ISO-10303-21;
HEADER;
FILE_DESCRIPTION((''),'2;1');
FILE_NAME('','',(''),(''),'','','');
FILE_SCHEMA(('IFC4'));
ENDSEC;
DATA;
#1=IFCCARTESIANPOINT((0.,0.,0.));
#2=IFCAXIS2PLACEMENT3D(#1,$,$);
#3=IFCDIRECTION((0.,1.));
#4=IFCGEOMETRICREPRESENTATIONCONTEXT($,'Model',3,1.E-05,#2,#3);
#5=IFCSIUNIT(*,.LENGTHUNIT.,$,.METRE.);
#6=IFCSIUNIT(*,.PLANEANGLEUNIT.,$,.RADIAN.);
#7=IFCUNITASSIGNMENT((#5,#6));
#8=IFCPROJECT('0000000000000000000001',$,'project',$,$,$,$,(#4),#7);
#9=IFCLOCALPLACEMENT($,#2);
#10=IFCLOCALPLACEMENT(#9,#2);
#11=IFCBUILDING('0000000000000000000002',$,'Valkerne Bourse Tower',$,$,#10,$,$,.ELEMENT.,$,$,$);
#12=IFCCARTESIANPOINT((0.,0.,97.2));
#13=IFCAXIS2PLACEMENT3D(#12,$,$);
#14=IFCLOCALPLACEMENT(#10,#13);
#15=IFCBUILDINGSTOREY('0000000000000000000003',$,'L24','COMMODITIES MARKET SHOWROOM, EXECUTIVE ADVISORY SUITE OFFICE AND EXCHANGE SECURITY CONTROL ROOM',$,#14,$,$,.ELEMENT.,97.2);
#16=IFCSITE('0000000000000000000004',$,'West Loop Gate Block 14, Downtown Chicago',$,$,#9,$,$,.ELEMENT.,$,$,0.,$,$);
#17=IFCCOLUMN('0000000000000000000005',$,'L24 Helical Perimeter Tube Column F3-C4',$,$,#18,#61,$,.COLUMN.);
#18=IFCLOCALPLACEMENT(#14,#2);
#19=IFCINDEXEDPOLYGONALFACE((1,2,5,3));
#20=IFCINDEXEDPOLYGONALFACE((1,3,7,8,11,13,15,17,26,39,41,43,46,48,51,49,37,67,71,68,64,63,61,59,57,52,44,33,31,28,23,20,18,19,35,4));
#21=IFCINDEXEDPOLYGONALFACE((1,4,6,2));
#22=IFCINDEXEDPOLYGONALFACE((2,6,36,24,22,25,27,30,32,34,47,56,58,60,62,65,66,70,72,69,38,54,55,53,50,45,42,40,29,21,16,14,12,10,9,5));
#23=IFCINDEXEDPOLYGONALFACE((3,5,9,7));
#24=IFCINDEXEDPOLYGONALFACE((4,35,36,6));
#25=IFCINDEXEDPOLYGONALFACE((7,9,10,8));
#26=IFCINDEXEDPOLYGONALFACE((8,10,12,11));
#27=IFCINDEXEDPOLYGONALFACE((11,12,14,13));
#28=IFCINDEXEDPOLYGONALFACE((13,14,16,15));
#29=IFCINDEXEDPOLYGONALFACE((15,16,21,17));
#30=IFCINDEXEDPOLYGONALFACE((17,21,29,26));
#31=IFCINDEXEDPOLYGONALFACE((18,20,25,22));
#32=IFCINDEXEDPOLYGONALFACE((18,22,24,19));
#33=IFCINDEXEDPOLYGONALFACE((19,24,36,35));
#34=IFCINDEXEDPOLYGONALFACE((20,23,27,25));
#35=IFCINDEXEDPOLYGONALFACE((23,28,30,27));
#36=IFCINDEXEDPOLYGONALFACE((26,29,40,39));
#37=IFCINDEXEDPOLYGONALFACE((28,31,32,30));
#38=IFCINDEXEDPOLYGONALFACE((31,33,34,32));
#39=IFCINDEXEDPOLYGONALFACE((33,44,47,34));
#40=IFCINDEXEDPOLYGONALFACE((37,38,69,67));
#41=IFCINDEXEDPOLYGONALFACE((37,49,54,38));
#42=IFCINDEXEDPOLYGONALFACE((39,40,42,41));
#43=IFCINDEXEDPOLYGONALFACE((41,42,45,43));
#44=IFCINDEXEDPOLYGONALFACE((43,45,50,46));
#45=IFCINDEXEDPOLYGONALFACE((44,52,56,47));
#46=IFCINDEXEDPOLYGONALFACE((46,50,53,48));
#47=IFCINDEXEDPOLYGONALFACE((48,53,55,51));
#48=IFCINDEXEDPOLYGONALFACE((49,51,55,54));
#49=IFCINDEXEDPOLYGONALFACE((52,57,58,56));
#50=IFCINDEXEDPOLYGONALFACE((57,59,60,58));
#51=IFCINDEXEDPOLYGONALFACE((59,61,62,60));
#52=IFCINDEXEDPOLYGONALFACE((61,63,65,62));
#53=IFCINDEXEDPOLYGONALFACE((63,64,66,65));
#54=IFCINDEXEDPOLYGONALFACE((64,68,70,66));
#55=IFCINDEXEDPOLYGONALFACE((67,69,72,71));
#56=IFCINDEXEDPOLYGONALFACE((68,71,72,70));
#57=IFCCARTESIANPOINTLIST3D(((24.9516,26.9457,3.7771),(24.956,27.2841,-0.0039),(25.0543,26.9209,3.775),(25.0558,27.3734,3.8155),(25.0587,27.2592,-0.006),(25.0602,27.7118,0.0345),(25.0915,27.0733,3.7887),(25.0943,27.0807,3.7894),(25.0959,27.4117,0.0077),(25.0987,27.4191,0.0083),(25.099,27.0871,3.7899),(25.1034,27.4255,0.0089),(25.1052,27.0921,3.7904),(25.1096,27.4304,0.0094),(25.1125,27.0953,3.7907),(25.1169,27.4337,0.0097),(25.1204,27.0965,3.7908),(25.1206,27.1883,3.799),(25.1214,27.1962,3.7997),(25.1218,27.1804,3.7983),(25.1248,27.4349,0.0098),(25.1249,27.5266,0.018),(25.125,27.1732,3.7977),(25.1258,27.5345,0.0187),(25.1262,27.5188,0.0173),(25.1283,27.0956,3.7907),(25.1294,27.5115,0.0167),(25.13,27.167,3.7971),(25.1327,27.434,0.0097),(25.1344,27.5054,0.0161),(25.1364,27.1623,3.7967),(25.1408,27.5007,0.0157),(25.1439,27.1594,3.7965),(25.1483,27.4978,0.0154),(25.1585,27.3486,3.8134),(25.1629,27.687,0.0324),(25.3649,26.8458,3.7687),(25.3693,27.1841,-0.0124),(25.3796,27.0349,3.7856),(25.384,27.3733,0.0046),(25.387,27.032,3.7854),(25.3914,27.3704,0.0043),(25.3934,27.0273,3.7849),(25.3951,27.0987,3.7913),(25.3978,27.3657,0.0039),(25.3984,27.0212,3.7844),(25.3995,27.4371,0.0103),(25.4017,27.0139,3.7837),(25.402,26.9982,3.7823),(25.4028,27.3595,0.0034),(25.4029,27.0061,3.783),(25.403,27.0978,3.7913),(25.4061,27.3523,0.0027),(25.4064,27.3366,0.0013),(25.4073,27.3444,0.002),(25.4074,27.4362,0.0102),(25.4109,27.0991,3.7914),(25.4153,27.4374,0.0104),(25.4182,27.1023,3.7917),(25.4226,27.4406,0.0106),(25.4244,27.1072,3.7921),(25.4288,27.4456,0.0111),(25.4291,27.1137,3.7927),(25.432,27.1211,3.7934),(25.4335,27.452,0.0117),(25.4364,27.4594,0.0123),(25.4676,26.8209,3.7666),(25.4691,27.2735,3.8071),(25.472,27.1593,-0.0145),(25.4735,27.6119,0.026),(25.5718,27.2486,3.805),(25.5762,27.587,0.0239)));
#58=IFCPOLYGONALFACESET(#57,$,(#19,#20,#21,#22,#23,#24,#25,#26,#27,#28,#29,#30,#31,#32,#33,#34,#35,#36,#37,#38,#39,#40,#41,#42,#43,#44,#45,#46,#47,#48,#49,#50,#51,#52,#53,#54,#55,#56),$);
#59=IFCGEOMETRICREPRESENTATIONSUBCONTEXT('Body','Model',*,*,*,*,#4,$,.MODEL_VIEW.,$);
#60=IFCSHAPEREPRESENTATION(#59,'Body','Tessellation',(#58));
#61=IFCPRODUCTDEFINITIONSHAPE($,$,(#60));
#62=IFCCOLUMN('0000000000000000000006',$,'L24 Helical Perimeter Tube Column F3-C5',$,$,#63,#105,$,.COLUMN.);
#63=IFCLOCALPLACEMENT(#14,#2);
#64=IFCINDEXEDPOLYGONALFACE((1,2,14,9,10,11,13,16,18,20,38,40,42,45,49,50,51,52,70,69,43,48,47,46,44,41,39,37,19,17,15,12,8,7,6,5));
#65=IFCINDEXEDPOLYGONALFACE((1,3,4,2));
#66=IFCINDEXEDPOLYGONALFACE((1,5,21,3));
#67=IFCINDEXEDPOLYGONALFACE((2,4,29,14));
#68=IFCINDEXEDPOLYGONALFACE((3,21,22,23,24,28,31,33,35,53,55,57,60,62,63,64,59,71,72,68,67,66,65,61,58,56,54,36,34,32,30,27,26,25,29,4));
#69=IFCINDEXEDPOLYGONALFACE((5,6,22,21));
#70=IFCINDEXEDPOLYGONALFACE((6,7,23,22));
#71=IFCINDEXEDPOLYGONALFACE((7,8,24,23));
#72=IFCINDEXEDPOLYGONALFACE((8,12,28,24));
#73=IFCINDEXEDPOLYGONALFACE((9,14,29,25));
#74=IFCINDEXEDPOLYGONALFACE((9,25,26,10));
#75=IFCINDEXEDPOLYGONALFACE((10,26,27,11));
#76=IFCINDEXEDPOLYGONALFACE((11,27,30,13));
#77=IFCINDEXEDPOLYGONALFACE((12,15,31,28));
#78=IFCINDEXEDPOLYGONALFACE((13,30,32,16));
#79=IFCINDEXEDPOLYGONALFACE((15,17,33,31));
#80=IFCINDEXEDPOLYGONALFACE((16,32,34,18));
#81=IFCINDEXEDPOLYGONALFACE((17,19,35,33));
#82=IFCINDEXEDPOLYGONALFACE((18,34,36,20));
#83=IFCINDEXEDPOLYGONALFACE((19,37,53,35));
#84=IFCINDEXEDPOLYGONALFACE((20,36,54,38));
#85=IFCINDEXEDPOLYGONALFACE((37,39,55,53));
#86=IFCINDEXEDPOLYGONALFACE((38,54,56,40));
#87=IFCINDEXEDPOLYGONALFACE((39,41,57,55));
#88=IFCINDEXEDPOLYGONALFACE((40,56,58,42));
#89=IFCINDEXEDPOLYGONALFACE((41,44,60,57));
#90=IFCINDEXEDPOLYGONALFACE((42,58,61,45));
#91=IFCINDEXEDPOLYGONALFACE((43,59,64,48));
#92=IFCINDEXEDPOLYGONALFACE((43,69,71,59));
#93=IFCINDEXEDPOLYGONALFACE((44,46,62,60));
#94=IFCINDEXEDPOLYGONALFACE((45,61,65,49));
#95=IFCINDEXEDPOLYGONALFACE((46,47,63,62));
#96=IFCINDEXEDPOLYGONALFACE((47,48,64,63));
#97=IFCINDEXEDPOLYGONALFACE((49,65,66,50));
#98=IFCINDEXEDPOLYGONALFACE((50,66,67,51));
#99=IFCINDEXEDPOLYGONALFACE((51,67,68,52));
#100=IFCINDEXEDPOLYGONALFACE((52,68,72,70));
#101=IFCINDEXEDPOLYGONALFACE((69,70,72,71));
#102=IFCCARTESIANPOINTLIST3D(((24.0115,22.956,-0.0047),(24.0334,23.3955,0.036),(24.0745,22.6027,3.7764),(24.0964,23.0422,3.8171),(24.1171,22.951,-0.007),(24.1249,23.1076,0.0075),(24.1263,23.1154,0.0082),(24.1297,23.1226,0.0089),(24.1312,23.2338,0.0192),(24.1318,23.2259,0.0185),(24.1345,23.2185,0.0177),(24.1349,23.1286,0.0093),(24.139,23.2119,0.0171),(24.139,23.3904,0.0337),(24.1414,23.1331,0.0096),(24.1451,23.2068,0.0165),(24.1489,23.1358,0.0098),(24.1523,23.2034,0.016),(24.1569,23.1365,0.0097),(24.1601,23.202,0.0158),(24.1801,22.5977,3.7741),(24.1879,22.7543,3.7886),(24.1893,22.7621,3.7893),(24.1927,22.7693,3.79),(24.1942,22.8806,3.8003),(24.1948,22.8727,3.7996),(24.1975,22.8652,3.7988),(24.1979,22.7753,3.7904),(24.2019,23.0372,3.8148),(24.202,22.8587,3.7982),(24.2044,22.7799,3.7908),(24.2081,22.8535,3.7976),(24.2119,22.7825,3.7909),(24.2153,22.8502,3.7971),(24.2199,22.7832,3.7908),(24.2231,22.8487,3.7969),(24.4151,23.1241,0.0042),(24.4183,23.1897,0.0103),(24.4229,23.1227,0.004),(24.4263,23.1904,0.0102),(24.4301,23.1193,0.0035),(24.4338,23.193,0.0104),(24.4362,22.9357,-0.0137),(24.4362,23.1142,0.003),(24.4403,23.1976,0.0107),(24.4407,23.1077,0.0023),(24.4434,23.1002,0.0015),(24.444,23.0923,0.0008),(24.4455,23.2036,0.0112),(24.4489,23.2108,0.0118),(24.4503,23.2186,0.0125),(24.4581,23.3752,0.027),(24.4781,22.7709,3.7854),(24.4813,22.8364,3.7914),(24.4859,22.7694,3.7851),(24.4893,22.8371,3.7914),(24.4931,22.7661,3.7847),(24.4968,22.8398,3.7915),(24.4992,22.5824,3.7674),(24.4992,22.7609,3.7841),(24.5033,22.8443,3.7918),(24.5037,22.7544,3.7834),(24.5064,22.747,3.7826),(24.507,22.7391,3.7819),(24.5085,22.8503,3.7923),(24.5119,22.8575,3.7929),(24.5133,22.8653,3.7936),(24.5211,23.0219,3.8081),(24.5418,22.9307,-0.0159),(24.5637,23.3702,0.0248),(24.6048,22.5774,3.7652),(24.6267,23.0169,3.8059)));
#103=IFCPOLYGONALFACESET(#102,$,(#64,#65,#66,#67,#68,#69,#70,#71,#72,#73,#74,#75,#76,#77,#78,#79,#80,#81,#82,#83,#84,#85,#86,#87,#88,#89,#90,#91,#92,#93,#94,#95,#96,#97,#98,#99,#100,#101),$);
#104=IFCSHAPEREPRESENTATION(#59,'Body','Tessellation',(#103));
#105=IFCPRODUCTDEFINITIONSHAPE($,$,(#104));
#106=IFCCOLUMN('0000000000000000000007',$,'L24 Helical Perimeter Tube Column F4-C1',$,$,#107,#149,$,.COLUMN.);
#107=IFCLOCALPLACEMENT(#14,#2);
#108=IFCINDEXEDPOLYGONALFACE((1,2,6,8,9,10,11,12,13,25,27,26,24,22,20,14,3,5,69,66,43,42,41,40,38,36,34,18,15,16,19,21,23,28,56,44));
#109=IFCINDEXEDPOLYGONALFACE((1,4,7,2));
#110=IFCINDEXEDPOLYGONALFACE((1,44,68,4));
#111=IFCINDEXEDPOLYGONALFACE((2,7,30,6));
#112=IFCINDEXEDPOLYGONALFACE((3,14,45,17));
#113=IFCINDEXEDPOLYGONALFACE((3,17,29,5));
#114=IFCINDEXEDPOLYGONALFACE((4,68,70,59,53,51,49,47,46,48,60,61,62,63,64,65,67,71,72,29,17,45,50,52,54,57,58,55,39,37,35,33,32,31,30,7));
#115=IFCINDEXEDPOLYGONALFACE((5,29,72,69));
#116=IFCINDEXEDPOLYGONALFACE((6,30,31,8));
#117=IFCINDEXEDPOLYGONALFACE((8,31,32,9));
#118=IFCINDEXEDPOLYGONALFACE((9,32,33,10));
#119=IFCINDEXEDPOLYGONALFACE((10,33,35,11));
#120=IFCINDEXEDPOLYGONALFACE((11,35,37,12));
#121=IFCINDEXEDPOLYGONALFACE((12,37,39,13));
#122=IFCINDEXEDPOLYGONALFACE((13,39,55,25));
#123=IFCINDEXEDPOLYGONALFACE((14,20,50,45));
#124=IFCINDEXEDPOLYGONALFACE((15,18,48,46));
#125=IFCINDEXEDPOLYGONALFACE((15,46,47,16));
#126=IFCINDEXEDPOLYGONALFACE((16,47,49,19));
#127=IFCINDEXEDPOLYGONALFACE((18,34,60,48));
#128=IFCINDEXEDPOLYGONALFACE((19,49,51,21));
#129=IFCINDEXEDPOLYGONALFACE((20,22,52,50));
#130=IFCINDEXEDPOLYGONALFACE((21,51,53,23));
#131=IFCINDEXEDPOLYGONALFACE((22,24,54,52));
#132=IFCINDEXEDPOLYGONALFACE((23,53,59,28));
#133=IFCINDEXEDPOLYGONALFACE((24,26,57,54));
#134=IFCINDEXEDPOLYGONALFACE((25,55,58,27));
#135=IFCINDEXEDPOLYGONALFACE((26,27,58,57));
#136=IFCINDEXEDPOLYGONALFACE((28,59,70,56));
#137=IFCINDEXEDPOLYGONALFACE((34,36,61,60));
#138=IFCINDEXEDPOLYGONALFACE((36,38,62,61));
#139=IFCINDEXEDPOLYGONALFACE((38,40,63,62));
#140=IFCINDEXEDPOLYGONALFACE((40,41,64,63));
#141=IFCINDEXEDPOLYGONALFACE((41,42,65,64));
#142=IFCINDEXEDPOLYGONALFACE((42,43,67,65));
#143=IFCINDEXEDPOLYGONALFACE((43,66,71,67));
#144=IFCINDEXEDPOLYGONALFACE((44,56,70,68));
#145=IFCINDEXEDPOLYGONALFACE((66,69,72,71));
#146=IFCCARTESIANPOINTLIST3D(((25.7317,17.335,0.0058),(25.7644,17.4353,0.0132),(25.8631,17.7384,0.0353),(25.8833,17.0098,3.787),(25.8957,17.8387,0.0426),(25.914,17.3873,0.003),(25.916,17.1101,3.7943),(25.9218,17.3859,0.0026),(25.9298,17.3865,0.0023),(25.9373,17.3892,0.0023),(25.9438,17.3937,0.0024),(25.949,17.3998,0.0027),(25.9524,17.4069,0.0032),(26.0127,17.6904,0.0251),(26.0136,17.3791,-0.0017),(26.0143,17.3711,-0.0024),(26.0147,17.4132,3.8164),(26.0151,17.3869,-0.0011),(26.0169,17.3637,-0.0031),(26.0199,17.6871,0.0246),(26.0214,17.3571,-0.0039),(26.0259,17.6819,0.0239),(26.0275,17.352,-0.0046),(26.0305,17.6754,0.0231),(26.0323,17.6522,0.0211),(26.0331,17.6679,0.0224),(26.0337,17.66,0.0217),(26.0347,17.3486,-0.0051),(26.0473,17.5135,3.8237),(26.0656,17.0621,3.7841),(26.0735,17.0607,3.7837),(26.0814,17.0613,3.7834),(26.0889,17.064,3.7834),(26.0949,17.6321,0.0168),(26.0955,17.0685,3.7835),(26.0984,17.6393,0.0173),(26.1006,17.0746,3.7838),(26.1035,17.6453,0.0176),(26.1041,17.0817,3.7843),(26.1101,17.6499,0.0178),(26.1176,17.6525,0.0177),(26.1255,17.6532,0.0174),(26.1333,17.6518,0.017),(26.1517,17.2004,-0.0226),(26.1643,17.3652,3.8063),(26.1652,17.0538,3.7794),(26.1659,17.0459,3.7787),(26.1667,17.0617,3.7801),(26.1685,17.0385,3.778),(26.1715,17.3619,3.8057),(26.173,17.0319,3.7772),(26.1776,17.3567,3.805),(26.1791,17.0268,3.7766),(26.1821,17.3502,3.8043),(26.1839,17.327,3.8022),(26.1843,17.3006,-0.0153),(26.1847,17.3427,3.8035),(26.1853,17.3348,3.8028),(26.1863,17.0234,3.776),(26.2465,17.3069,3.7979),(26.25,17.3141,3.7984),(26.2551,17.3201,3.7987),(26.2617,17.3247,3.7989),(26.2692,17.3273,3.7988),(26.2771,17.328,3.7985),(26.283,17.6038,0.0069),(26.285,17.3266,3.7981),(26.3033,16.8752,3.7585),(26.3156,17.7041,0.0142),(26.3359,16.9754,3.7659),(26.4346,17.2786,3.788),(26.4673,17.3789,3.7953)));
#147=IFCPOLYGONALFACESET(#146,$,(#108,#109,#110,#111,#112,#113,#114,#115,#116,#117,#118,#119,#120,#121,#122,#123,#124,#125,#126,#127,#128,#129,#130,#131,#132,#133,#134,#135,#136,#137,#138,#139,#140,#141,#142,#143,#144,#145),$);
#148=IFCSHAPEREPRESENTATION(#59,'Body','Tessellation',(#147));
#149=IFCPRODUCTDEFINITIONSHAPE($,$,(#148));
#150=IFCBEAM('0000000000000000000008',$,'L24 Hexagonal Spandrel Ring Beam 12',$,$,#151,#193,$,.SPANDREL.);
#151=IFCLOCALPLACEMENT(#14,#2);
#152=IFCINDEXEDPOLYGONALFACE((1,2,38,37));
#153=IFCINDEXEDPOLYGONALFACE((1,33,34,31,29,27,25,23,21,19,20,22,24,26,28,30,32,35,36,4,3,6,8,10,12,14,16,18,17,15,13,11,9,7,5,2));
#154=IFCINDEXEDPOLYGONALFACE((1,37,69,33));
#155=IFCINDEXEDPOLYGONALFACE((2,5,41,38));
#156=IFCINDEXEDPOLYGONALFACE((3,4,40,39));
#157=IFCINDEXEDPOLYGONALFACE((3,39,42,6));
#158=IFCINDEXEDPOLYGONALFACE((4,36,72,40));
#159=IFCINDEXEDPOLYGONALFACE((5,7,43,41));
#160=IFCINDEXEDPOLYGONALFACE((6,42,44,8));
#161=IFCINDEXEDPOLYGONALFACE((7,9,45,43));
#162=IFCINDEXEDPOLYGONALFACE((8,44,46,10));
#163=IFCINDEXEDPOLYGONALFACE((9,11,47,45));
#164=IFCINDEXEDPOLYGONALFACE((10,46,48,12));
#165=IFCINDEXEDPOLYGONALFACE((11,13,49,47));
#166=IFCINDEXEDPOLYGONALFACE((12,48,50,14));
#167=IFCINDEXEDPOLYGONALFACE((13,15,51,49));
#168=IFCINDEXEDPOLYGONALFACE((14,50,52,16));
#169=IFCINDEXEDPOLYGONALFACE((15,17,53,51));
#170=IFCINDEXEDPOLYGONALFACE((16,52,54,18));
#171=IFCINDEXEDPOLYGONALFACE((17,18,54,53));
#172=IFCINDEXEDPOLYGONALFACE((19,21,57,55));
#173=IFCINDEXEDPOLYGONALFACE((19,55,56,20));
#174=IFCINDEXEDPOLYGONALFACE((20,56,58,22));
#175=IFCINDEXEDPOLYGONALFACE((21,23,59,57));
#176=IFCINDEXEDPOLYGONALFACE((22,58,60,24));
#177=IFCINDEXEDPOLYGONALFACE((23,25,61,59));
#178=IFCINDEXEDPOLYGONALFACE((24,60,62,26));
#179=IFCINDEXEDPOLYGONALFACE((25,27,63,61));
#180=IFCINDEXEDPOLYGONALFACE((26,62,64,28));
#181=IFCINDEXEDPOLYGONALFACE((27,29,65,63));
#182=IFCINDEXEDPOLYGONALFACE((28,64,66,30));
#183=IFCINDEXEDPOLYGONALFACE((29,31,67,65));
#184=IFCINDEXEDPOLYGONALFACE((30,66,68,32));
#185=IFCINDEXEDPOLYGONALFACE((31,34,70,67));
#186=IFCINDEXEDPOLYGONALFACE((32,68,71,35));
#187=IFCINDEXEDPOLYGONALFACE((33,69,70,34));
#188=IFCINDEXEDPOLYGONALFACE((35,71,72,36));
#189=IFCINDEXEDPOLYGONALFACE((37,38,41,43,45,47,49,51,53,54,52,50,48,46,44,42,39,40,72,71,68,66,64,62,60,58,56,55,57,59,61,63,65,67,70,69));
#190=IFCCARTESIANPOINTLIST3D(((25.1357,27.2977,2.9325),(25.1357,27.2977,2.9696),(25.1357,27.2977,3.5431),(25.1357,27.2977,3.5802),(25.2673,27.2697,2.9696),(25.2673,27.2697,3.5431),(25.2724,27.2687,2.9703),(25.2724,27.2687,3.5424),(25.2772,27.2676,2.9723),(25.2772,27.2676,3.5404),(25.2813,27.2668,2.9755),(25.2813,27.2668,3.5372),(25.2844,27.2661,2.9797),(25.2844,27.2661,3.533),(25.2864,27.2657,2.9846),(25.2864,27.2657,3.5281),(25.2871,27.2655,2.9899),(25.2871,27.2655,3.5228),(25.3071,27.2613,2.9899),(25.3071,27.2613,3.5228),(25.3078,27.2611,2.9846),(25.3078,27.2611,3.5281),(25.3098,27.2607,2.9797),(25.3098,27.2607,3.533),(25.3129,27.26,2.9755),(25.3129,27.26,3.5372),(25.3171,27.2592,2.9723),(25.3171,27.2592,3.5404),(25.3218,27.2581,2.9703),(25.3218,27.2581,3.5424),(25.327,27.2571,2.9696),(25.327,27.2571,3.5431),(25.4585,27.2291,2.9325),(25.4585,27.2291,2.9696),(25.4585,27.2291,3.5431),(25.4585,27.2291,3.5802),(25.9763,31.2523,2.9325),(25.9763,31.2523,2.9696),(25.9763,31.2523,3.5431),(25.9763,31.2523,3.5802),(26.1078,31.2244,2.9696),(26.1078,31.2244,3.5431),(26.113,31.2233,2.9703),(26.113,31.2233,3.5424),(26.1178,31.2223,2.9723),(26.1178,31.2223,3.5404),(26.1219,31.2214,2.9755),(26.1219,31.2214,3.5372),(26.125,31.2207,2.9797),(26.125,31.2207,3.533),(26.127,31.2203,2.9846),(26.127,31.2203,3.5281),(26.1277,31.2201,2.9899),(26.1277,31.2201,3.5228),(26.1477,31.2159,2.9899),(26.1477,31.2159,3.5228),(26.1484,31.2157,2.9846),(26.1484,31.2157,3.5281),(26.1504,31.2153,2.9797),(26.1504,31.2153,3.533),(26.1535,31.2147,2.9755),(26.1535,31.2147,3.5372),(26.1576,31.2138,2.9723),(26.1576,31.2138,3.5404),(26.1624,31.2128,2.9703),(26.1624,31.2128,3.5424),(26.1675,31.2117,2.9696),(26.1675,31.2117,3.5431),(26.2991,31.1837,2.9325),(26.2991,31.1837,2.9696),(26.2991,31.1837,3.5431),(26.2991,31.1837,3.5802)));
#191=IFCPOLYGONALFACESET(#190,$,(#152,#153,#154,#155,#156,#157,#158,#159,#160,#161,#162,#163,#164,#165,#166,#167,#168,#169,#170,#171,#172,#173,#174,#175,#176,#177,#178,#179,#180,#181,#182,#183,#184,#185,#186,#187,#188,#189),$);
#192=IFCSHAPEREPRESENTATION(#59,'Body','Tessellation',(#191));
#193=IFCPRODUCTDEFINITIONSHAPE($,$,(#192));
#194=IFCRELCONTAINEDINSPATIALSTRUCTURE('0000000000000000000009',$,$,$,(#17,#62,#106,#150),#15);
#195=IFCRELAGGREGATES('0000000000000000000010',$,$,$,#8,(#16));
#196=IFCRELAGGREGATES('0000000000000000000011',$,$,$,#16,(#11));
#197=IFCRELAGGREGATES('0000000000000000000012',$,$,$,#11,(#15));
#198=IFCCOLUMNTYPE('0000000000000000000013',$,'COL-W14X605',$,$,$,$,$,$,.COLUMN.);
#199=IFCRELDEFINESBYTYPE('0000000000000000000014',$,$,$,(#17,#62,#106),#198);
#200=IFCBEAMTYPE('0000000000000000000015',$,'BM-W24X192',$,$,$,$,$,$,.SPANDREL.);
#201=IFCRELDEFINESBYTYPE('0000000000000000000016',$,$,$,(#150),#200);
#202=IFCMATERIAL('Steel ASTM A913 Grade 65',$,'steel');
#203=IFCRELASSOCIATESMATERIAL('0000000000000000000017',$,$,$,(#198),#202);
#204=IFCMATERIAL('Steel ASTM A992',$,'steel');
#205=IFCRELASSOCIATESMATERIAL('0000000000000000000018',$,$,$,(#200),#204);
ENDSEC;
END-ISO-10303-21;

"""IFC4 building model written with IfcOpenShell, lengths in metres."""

from ifc_helpers import new_model, si_unit, direction, frame, origin, origin_2d, place, context, subcontext, project, spatial, i_section, extrude, material, material_profile, profile_set, type_object, element, save


model = new_model("IFC4")

# Units and contexts
model_context = context("Model", 3, precision=1e-05, world=origin(), true_north=direction((0.0, 1.0)))
body_context = subcontext(model_context, "Body", "Model", "MODEL_VIEW")
ifc_project = project(units=[si_unit("LENGTHUNIT", "METRE"), si_unit("PLANEANGLEUNIT", "RADIAN")], contexts=[model_context])

# Site, building, storey
site_placement = place(None, origin())
site = spatial("IfcSite", under=ifc_project, at=site_placement, Name="West Loop Gate Block 14, Downtown Chicago", CompositionType="ELEMENT", RefElevation=0.0)
building_placement = place(site_placement, origin())
building = spatial("IfcBuilding", under=site, at=building_placement, Name="Valkerne Bourse Tower", CompositionType="ELEMENT")
storey_placement = place(building_placement, frame((0.0, 0.0, 97.2)))
storey = spatial("IfcBuildingStorey", under=building, at=storey_placement, Name="L24", Description="COMMODITIES MARKET SHOWROOM, EXECUTIVE ADVISORY SUITE OFFICE AND EXCHANGE SECURITY CONTROL ROOM", CompositionType="ELEMENT", Elevation=97.2)

# Columns
ifc_material_1 = material(Name="Steel ASTM A913 Grade 65", Category="steel")
ifc_material_profile_1 = material_profile(ifc_material_1, i_section(OverallWidth=0.4419, OverallDepth=0.531, WebThickness=0.0659, FlangeThickness=0.1057, FilletRadius=0.0305, at=origin_2d()), Name="W14X605")
ifc_profile_set_1 = profile_set([ifc_material_profile_1], Name="Steel ASTM A913 Grade 65")
column_type = type_object("IfcColumnType", Name="COL-W14X605", PredefinedType="COLUMN", material=ifc_profile_set_1)
column_placement = place(storey_placement, frame((25.2661, 27.4355, 0.01), z_axis=(-0.001158, -0.089138, 0.996019), x_axis=(-0.235839, -0.967899, -0.086896)))
element("IfcColumn", 1, at=column_placement, inside=storey, type_object=column_type, Name="L24 Helical Perimeter Tube Column F3-C4", PredefinedType="COLUMN", context=body_context, shape_type="SweptSolid", body=[
    extrude(i_section(OverallWidth=0.4419, OverallDepth=0.531, WebThickness=0.0659, FlangeThickness=0.1057, FilletRadius=0.0305, at=origin_2d()), origin(), (0.0, 0.0, 1.0), 3.7961),
])
for number, where, z_axis, x_axis, name in (
    (2, (24.2876, 23.1631, 0.01), (0.016585, -0.093015, 0.995527), (-0.049448, -0.994521, -0.092098), "L24 Helical Perimeter Tube Column F3-C5"),
    (3, (26.0237, 17.5195, 0.01), (0.039919, -0.085623, 0.995528), (0.950285, -0.304669, -0.064308), "L24 Helical Perimeter Tube Column F4-C1"),
):
    element("IfcColumn", number, at=place(storey_placement, frame(where, z_axis=z_axis, x_axis=x_axis)), inside=storey, type_object=column_type, Name=name, PredefinedType="COLUMN", context=body_context, shape_type="SweptSolid", body=[
        extrude(i_section(OverallWidth=0.4419, OverallDepth=0.531, WebThickness=0.0659, FlangeThickness=0.1057, FilletRadius=0.0305, at=origin_2d()), origin(), (0.0, 0.0, 1.0), 3.7981),
    ])

# Beam
ifc_material_2 = material(Name="Steel ASTM A992", Category="steel")
ifc_material_profile_2 = material_profile(ifc_material_2, i_section(OverallWidth=0.3301, OverallDepth=0.6477, WebThickness=0.0205, FlangeThickness=0.0371, FilletRadius=0.0203, at=origin_2d()), Name="W24X192")
ifc_profile_set_2 = profile_set([ifc_material_profile_2], Name="Steel ASTM A992")
beam_type = type_object("IfcBeamType", Name="BM-W24X192", PredefinedType="SPANDREL", material=ifc_profile_set_2)
for number, where, z_axis, x_axis, name in (
    (4, (26.1377, 31.218, 3.2563), (-0.207912, -0.978147, 0.0), (0.978147, -0.207912, 0.0), "L24 Hexagonal Spandrel Ring Beam 12"),
):
    element("IfcBeam", number, at=place(storey_placement, frame(where, z_axis=z_axis, x_axis=x_axis)), inside=storey, type_object=beam_type, Name=name, PredefinedType="SPANDREL", context=body_context, shape_type="SweptSolid", body=[
        extrude(i_section(OverallWidth=0.3301, OverallDepth=0.6477, WebThickness=0.0205, FlangeThickness=0.0371, FilletRadius=0.0203, at=origin_2d()), origin(), (0.0, 0.0, 1.0), 4.043),
    ])

save(model, "model.ifc")
